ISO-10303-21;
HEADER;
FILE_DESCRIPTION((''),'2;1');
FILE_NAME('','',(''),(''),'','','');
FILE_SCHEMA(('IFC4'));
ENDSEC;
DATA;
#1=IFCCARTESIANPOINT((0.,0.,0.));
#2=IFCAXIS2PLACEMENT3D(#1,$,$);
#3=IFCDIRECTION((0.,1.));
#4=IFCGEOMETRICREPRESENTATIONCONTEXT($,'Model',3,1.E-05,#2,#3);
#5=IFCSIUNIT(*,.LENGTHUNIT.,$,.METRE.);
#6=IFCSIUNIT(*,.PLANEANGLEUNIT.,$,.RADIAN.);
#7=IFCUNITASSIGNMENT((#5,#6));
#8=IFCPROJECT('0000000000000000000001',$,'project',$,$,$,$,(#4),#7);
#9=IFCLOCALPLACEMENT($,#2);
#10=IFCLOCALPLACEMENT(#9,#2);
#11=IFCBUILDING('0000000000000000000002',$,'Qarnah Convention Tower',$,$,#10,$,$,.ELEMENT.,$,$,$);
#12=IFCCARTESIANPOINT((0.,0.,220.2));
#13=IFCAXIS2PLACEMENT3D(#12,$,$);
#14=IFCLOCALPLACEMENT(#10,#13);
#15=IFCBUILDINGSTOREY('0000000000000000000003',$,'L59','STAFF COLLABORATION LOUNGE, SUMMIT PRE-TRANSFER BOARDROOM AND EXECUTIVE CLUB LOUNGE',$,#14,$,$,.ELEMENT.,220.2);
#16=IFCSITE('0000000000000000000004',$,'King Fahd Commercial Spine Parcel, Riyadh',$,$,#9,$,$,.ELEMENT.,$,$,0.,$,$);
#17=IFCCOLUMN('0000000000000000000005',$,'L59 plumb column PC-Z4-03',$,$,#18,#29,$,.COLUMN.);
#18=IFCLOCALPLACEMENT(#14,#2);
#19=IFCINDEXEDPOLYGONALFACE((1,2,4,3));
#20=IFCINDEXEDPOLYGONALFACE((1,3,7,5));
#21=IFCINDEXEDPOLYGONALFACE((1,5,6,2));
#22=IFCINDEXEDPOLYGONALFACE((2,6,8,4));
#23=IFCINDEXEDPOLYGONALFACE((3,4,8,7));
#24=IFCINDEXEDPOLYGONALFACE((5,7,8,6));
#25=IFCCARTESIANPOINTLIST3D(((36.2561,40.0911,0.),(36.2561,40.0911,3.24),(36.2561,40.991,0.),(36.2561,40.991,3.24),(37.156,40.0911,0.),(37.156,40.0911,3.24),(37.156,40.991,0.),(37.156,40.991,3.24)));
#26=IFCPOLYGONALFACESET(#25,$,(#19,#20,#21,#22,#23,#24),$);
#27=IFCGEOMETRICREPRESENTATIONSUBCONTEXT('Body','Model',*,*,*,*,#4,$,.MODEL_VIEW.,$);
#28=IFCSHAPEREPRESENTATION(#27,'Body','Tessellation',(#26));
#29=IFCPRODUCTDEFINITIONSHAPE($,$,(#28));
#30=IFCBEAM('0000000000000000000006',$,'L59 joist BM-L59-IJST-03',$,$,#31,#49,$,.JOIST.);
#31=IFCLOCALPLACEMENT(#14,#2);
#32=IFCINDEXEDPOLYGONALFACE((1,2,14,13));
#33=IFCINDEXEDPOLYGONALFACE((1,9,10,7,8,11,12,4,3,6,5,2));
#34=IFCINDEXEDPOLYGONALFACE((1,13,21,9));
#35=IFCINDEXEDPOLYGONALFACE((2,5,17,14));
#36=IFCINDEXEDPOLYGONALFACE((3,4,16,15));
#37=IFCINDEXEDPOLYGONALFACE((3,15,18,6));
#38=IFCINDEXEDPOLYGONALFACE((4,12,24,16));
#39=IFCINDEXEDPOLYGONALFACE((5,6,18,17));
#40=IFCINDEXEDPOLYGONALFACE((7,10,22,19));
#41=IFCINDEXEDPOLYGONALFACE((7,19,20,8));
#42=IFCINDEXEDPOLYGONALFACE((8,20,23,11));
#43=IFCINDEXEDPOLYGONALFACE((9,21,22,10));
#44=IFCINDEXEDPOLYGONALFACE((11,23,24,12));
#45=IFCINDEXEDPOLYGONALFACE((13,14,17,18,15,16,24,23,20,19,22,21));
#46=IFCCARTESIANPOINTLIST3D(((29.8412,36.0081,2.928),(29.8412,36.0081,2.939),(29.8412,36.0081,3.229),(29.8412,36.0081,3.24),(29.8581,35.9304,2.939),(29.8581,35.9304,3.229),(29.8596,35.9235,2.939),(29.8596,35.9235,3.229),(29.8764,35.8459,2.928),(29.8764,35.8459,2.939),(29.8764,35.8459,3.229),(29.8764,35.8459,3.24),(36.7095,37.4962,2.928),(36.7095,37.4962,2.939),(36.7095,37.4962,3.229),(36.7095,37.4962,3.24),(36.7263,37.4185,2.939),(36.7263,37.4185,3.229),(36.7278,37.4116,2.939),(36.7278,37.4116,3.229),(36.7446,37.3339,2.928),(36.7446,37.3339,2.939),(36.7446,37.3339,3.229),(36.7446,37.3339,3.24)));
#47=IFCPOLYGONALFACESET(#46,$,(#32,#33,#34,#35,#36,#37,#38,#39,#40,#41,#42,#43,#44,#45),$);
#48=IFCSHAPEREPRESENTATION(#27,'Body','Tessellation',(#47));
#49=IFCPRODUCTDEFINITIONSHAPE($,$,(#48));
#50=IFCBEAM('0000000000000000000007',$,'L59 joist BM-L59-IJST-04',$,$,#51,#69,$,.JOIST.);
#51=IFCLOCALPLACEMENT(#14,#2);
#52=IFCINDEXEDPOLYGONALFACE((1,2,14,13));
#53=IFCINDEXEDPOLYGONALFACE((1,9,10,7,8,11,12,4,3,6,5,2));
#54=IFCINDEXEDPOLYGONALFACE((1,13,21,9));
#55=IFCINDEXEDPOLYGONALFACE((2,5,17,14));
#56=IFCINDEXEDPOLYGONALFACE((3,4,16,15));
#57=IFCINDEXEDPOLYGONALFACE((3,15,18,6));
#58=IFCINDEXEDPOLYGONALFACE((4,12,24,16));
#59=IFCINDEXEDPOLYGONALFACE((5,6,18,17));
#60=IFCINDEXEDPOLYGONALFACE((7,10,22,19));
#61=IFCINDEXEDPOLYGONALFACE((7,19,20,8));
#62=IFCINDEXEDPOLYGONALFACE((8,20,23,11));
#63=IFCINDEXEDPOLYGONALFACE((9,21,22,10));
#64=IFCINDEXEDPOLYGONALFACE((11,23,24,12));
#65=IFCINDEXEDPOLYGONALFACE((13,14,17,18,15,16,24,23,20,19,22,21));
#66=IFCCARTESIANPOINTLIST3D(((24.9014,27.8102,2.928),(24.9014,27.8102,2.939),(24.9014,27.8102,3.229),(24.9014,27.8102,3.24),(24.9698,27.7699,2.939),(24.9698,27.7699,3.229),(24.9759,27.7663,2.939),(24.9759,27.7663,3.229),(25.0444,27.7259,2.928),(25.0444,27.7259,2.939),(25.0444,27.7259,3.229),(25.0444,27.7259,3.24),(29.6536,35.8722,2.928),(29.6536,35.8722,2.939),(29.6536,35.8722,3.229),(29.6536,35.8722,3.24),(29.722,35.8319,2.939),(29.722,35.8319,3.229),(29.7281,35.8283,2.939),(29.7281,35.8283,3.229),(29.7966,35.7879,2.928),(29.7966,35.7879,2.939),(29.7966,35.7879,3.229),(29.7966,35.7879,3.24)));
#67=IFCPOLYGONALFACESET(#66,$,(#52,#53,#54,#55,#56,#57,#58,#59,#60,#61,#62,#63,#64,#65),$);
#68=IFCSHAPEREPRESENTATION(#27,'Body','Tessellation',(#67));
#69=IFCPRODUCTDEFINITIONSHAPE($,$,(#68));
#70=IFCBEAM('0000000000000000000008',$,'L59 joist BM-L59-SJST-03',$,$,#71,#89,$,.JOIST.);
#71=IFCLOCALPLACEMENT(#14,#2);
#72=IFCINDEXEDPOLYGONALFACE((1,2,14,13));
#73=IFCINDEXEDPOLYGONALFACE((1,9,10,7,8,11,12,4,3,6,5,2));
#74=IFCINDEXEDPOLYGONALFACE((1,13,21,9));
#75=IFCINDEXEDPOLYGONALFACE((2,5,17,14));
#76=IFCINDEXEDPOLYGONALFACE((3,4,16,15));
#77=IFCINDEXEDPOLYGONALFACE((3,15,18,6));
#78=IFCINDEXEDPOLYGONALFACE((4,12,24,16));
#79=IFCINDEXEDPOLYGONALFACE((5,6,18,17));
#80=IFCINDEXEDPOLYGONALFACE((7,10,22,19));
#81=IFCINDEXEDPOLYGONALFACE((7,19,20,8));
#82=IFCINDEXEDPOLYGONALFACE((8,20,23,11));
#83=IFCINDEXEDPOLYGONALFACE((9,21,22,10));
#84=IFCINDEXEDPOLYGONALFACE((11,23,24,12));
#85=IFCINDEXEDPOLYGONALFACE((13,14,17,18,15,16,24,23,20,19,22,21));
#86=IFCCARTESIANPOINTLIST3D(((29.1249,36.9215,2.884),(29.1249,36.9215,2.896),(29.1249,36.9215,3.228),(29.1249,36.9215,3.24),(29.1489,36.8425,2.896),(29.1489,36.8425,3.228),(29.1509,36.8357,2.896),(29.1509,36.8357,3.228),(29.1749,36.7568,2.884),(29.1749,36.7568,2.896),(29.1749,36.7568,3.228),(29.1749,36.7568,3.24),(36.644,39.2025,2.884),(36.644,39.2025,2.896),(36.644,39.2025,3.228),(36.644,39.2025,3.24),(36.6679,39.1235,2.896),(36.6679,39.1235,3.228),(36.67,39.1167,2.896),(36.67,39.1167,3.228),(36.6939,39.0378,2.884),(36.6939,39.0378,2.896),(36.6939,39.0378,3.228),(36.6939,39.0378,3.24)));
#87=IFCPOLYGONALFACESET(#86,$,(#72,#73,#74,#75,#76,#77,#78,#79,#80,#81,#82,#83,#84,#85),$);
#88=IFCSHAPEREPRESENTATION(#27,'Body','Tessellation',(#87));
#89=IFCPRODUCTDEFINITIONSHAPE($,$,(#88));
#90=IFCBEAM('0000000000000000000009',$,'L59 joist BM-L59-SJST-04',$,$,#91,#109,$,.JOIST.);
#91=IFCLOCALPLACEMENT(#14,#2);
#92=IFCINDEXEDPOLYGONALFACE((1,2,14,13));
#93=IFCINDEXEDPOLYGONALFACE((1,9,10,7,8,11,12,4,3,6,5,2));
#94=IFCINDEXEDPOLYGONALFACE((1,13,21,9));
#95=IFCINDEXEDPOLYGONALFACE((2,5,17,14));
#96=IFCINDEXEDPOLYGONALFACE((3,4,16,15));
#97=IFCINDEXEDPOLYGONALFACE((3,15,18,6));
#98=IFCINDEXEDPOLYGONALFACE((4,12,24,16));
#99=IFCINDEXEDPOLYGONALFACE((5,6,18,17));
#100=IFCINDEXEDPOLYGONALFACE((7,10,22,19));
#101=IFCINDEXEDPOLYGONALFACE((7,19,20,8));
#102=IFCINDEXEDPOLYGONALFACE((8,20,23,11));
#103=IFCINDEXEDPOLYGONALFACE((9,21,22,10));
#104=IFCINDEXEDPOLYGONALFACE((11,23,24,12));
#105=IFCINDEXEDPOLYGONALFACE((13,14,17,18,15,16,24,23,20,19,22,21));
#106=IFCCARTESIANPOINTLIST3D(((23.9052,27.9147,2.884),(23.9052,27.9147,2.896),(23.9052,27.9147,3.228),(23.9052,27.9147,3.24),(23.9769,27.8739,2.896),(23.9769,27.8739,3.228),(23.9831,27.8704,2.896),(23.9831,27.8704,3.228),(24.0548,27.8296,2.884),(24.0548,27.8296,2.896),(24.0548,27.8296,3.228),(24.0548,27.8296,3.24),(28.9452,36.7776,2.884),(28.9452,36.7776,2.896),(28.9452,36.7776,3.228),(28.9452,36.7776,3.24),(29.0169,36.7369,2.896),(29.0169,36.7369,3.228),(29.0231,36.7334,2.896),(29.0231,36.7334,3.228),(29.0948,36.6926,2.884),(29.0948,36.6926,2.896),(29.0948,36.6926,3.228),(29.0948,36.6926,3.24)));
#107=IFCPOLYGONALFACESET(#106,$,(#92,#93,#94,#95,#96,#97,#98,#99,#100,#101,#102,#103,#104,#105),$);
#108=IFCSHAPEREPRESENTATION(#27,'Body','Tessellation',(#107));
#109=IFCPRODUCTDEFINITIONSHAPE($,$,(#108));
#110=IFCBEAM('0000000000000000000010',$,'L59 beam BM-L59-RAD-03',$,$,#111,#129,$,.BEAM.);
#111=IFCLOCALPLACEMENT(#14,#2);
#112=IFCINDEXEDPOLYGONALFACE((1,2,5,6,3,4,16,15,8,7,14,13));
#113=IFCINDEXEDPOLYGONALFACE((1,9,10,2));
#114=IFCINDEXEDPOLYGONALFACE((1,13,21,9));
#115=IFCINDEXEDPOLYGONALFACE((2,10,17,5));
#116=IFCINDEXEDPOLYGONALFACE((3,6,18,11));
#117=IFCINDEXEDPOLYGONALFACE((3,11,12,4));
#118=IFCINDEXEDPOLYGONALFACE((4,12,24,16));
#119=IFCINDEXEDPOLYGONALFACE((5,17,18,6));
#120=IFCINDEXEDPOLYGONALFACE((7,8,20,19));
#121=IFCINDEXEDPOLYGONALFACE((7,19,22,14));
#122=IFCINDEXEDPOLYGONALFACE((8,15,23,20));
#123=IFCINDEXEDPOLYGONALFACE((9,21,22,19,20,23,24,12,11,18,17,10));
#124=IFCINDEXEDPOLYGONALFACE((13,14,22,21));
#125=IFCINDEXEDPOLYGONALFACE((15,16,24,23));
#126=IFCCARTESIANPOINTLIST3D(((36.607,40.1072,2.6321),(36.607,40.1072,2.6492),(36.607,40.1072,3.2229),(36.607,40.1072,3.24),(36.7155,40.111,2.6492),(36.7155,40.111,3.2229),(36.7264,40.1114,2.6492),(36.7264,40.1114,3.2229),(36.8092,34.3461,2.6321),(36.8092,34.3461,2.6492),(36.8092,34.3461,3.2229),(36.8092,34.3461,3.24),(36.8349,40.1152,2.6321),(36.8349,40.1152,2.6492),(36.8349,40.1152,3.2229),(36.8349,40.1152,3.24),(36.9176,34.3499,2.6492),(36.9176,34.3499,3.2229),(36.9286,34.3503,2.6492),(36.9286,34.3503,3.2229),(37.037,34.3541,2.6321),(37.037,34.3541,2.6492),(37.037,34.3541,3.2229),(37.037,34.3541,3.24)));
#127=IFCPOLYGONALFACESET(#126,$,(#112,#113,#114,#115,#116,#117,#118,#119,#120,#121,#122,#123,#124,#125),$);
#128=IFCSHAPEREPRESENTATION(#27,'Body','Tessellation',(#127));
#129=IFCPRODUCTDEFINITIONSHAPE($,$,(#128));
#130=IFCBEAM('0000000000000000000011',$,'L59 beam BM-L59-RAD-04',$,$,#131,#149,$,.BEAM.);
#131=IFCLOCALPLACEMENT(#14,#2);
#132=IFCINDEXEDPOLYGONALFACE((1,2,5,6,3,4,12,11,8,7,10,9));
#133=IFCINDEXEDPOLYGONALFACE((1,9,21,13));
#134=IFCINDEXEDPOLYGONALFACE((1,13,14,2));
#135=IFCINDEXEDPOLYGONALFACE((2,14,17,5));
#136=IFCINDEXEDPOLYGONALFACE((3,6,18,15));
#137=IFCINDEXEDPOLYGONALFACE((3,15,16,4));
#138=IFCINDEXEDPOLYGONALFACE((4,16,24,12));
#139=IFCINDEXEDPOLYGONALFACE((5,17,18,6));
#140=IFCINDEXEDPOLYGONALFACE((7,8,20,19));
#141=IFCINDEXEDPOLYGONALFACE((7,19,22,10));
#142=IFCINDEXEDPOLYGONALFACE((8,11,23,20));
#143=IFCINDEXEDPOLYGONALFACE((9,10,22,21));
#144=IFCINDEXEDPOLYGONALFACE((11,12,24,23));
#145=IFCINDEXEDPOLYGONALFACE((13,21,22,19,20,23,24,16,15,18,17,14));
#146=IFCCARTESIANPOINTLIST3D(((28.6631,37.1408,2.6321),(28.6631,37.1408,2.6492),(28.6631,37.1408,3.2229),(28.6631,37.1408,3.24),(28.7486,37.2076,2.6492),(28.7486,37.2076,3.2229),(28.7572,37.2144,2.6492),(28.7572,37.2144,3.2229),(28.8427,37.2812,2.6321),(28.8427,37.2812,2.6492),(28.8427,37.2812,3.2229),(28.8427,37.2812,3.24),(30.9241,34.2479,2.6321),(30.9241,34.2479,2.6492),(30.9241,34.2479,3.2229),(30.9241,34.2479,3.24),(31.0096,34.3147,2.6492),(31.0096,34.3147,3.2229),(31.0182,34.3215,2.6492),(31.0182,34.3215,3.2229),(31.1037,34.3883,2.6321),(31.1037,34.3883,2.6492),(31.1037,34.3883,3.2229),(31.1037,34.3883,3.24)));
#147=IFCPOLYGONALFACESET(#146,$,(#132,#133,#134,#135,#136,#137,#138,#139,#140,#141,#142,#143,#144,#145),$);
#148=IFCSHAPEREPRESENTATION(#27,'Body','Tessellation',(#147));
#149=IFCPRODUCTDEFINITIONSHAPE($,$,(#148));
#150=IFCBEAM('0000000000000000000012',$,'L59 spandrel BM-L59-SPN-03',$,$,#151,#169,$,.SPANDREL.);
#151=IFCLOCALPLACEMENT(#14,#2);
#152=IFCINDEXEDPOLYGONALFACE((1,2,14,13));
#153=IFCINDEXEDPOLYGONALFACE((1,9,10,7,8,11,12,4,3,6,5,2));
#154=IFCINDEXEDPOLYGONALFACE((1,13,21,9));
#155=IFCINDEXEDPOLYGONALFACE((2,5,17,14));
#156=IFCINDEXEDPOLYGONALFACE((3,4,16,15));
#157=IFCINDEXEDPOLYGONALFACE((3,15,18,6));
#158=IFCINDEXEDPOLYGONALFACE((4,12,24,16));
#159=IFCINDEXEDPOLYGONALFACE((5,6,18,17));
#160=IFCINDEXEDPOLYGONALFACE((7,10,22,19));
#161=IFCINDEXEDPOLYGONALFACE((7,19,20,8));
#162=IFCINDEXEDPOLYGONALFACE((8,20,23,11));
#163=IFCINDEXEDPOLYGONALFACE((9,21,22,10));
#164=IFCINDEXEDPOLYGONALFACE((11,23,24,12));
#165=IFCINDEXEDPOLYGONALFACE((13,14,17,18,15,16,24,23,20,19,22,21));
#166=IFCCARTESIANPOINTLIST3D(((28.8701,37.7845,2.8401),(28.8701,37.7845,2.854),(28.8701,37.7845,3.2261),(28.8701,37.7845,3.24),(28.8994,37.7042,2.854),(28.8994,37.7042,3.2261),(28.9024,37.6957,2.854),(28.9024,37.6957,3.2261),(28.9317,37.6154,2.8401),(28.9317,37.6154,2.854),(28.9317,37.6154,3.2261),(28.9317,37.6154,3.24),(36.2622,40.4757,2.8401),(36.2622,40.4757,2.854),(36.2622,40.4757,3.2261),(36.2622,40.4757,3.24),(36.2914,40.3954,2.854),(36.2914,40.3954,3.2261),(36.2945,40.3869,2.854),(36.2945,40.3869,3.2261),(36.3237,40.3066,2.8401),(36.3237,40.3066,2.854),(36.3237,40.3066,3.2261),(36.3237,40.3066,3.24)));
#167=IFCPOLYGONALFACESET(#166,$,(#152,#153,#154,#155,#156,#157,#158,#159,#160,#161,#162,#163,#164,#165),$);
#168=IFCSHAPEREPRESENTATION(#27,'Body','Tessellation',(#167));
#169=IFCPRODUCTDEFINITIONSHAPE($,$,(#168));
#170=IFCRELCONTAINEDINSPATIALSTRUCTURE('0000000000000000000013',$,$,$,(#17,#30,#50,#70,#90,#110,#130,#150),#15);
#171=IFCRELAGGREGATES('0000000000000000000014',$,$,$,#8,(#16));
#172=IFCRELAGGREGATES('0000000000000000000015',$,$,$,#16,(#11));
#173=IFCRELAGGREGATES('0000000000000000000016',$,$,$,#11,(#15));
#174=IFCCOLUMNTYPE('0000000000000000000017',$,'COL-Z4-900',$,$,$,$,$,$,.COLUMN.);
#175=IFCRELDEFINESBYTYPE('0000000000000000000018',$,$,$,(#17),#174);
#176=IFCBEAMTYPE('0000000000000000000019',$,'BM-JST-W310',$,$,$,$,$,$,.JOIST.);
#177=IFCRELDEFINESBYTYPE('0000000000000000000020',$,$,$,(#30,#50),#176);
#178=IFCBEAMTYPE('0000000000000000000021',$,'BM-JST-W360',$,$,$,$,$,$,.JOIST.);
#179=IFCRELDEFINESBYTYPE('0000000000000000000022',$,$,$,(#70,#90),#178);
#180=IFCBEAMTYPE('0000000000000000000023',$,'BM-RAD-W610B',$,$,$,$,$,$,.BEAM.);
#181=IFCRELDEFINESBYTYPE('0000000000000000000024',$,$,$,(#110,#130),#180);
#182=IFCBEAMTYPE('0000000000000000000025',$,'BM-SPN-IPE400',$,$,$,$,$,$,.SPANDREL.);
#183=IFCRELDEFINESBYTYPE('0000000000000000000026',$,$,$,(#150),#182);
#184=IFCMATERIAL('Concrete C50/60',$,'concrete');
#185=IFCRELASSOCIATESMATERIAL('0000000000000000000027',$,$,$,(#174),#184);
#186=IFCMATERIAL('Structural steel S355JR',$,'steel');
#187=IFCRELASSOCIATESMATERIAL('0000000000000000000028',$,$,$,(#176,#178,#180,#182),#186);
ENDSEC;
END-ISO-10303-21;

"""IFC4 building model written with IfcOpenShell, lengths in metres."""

from ifc_helpers import new_model, si_unit, direction, frame, origin, origin_2d, place, context, subcontext, project, spatial, rectangle, i_section, extrude, material, material_profile, profile_set, type_object, element, save


model = new_model("IFC4")

# Units and contexts
model_context = context("Model", 3, precision=1e-05, world=origin(), true_north=direction((0.0, 1.0)))
body_context = subcontext(model_context, "Body", "Model", "MODEL_VIEW")
ifc_project = project(units=[si_unit("LENGTHUNIT", "METRE"), si_unit("PLANEANGLEUNIT", "RADIAN")], contexts=[model_context])

# Site, building, storey
site_placement = place(None, origin())
site = spatial("IfcSite", under=ifc_project, at=site_placement, Name="King Fahd Commercial Spine Parcel, Riyadh", CompositionType="ELEMENT", RefElevation=0.0)
building_placement = place(site_placement, origin())
building = spatial("IfcBuilding", under=site, at=building_placement, Name="Qarnah Convention Tower", CompositionType="ELEMENT")
storey_placement = place(building_placement, frame((0.0, 0.0, 220.2)))
storey = spatial("IfcBuildingStorey", under=building, at=storey_placement, Name="L59", Description="STAFF COLLABORATION LOUNGE, SUMMIT PRE-TRANSFER BOARDROOM AND EXECUTIVE CLUB LOUNGE", CompositionType="ELEMENT", Elevation=220.2)

# Column
ifc_material_1 = material(Name="Concrete C50/60", Category="concrete")
ifc_material_profile_1 = material_profile(ifc_material_1, rectangle(XDim=0.8999, YDim=0.8999, at=origin_2d()), Name="RC-COL-900X900")
ifc_profile_set_1 = profile_set([ifc_material_profile_1], Name="Concrete C50/60")
column_type = type_object("IfcColumnType", Name="COL-Z4-900", PredefinedType="COLUMN", material=ifc_profile_set_1)
column_placement = place(storey_placement, frame((36.7061, 40.541, 0.0), z_axis=(0.0, 0.0, 1.0), x_axis=(1.0, 0.0, 0.0)))
element("IfcColumn", 1, at=column_placement, inside=storey, type_object=column_type, Name="L59 plumb column PC-Z4-03", PredefinedType="COLUMN", context=body_context, shape_type="SweptSolid", body=[
    extrude(rectangle(XDim=0.8999, YDim=0.8999, at=origin_2d()), origin(), (0.0, 0.0, 1.0), 3.24),
])

# Beams
ifc_material_2 = material(Name="Structural steel S355JR", Category="steel")
ifc_material_profile_2 = material_profile(ifc_material_2, i_section(OverallWidth=0.166, OverallDepth=0.312, WebThickness=0.0071, FlangeThickness=0.011, at=origin_2d()), Name="W310X45")
ifc_profile_set_2 = profile_set([ifc_material_profile_2], Name="Structural steel S355JR")
beam_type_1 = type_object("IfcBeamType", Name="BM-JST-W310", PredefinedType="JOIST", material=ifc_profile_set_2)
beam_1_placement = place(storey_placement, frame((36.7271, 37.415, 3.084), z_axis=(-0.977325, -0.211744, 0.0), x_axis=(0.211744, -0.977325, 0.0)))
element("IfcBeam", 2, at=beam_1_placement, inside=storey, type_object=beam_type_1, Name="L59 joist BM-L59-IJST-03", PredefinedType="JOIST", context=body_context, shape_type="SweptSolid", body=[
    extrude(i_section(OverallWidth=0.166, OverallDepth=0.312, WebThickness=0.0071, FlangeThickness=0.011, at=origin_2d()), origin(), (0.0, 0.0, 1.0), 7.0276),
])
beam_2_placement = place(storey_placement, frame((29.7251, 35.8301, 3.084), z_axis=(-0.507801, -0.861474, 0.0), x_axis=(0.861474, -0.507801, 0.0)))
element("IfcBeam", 3, at=beam_2_placement, inside=storey, type_object=beam_type_1, Name="L59 joist BM-L59-IJST-04", PredefinedType="JOIST", context=body_context, shape_type="SweptSolid", body=[
    extrude(i_section(OverallWidth=0.166, OverallDepth=0.312, WebThickness=0.0071, FlangeThickness=0.011, at=origin_2d()), origin(), (0.0, 0.0, 1.0), 9.3584),
])
ifc_material_profile_3 = material_profile(ifc_material_2, i_section(OverallWidth=0.1721, OverallDepth=0.356, WebThickness=0.0071, FlangeThickness=0.012, at=origin_2d()), Name="W360X51")
ifc_profile_set_3 = profile_set([ifc_material_profile_3], Name="Structural steel S355JR")
beam_type_2 = type_object("IfcBeamType", Name="BM-JST-W360", PredefinedType="JOIST", material=ifc_profile_set_3)
beam_3_placement = place(storey_placement, frame((36.6689, 39.1201, 3.062), z_axis=(-0.956936, -0.2903, 0.0), x_axis=(0.2903, -0.956936, 0.0)))
element("IfcBeam", 4, at=beam_3_placement, inside=storey, type_object=beam_type_2, Name="L59 joist BM-L59-SJST-03", PredefinedType="JOIST", context=body_context, shape_type="SweptSolid", body=[
    extrude(i_section(OverallWidth=0.1721, OverallDepth=0.356, WebThickness=0.0071, FlangeThickness=0.012, at=origin_2d()), origin(), (0.0, 0.0, 1.0), 7.8574),
])
beam_4_placement = place(storey_placement, frame((29.02, 36.7351, 3.062), z_axis=(-0.494322, -0.869279, 0.0), x_axis=(0.869279, -0.494322, 0.0)))
element("IfcBeam", 5, at=beam_4_placement, inside=storey, type_object=beam_type_2, Name="L59 joist BM-L59-SJST-04", PredefinedType="JOIST", context=body_context, shape_type="SweptSolid", body=[
    extrude(i_section(OverallWidth=0.1721, OverallDepth=0.356, WebThickness=0.0071, FlangeThickness=0.012, at=origin_2d()), origin(), (0.0, 0.0, 1.0), 10.1958),
])
ifc_material_profile_4 = material_profile(ifc_material_2, i_section(OverallWidth=0.228, OverallDepth=0.6079, WebThickness=0.011, FlangeThickness=0.0171, at=origin_2d()), Name="W610X113")
ifc_profile_set_4 = profile_set([ifc_material_profile_4], Name="Structural steel S355JR")
beam_type_3 = type_object("IfcBeamType", Name="BM-RAD-W610B", PredefinedType="BEAM", material=ifc_profile_set_4)
beam_5_placement = place(storey_placement, frame((36.9231, 34.3501, 2.936), z_axis=(-0.035068, 0.999385, 0.0), x_axis=(-0.999385, -0.035068, 0.0)))
element("IfcBeam", 6, at=beam_5_placement, inside=storey, type_object=beam_type_3, Name="L59 beam BM-L59-RAD-03", PredefinedType="BEAM", context=body_context, shape_type="SweptSolid", body=[
    extrude(i_section(OverallWidth=0.228, OverallDepth=0.6079, WebThickness=0.011, FlangeThickness=0.0171, at=origin_2d()), origin(), (0.0, 0.0, 1.0), 5.7646),
])
beam_6_placement = place(storey_placement, frame((31.0139, 34.3181, 2.936), z_axis=(-0.615808, 0.787896, 0.0), x_axis=(-0.787896, -0.615808, 0.0)))
element("IfcBeam", 7, at=beam_6_placement, inside=storey, type_object=beam_type_3, Name="L59 beam BM-L59-RAD-04", PredefinedType="BEAM", context=body_context, shape_type="SweptSolid", body=[
    extrude(i_section(OverallWidth=0.228, OverallDepth=0.6079, WebThickness=0.011, FlangeThickness=0.0171, at=origin_2d()), origin(), (0.0, 0.0, 1.0), 3.6716),
])
ifc_material_profile_5 = material_profile(ifc_material_2, i_section(OverallWidth=0.1799, OverallDepth=0.3999, WebThickness=0.009, FlangeThickness=0.0139, at=origin_2d()), Name="IPE400")
ifc_profile_set_5 = profile_set([ifc_material_profile_5], Name="Structural steel S355JR")
beam_type_4 = type_object("IfcBeamType", Name="BM-SPN-IPE400", PredefinedType="SPANDREL", material=ifc_profile_set_5)
beam_7_placement = place(storey_placement, frame((36.293, 40.3911, 3.04), z_axis=(-0.939666, -0.342094, 0.0), x_axis=(0.342094, -0.939666, 0.0)))
element("IfcBeam", 8, at=beam_7_placement, inside=storey, type_object=beam_type_4, Name="L59 spandrel BM-L59-SPN-03", PredefinedType="SPANDREL", context=body_context, shape_type="SweptSolid", body=[
    extrude(i_section(OverallWidth=0.1799, OverallDepth=0.3999, WebThickness=0.009, FlangeThickness=0.0139, at=origin_2d()), origin(), (0.0, 0.0, 1.0), 7.8667),
])

save(model, "model.ifc")
